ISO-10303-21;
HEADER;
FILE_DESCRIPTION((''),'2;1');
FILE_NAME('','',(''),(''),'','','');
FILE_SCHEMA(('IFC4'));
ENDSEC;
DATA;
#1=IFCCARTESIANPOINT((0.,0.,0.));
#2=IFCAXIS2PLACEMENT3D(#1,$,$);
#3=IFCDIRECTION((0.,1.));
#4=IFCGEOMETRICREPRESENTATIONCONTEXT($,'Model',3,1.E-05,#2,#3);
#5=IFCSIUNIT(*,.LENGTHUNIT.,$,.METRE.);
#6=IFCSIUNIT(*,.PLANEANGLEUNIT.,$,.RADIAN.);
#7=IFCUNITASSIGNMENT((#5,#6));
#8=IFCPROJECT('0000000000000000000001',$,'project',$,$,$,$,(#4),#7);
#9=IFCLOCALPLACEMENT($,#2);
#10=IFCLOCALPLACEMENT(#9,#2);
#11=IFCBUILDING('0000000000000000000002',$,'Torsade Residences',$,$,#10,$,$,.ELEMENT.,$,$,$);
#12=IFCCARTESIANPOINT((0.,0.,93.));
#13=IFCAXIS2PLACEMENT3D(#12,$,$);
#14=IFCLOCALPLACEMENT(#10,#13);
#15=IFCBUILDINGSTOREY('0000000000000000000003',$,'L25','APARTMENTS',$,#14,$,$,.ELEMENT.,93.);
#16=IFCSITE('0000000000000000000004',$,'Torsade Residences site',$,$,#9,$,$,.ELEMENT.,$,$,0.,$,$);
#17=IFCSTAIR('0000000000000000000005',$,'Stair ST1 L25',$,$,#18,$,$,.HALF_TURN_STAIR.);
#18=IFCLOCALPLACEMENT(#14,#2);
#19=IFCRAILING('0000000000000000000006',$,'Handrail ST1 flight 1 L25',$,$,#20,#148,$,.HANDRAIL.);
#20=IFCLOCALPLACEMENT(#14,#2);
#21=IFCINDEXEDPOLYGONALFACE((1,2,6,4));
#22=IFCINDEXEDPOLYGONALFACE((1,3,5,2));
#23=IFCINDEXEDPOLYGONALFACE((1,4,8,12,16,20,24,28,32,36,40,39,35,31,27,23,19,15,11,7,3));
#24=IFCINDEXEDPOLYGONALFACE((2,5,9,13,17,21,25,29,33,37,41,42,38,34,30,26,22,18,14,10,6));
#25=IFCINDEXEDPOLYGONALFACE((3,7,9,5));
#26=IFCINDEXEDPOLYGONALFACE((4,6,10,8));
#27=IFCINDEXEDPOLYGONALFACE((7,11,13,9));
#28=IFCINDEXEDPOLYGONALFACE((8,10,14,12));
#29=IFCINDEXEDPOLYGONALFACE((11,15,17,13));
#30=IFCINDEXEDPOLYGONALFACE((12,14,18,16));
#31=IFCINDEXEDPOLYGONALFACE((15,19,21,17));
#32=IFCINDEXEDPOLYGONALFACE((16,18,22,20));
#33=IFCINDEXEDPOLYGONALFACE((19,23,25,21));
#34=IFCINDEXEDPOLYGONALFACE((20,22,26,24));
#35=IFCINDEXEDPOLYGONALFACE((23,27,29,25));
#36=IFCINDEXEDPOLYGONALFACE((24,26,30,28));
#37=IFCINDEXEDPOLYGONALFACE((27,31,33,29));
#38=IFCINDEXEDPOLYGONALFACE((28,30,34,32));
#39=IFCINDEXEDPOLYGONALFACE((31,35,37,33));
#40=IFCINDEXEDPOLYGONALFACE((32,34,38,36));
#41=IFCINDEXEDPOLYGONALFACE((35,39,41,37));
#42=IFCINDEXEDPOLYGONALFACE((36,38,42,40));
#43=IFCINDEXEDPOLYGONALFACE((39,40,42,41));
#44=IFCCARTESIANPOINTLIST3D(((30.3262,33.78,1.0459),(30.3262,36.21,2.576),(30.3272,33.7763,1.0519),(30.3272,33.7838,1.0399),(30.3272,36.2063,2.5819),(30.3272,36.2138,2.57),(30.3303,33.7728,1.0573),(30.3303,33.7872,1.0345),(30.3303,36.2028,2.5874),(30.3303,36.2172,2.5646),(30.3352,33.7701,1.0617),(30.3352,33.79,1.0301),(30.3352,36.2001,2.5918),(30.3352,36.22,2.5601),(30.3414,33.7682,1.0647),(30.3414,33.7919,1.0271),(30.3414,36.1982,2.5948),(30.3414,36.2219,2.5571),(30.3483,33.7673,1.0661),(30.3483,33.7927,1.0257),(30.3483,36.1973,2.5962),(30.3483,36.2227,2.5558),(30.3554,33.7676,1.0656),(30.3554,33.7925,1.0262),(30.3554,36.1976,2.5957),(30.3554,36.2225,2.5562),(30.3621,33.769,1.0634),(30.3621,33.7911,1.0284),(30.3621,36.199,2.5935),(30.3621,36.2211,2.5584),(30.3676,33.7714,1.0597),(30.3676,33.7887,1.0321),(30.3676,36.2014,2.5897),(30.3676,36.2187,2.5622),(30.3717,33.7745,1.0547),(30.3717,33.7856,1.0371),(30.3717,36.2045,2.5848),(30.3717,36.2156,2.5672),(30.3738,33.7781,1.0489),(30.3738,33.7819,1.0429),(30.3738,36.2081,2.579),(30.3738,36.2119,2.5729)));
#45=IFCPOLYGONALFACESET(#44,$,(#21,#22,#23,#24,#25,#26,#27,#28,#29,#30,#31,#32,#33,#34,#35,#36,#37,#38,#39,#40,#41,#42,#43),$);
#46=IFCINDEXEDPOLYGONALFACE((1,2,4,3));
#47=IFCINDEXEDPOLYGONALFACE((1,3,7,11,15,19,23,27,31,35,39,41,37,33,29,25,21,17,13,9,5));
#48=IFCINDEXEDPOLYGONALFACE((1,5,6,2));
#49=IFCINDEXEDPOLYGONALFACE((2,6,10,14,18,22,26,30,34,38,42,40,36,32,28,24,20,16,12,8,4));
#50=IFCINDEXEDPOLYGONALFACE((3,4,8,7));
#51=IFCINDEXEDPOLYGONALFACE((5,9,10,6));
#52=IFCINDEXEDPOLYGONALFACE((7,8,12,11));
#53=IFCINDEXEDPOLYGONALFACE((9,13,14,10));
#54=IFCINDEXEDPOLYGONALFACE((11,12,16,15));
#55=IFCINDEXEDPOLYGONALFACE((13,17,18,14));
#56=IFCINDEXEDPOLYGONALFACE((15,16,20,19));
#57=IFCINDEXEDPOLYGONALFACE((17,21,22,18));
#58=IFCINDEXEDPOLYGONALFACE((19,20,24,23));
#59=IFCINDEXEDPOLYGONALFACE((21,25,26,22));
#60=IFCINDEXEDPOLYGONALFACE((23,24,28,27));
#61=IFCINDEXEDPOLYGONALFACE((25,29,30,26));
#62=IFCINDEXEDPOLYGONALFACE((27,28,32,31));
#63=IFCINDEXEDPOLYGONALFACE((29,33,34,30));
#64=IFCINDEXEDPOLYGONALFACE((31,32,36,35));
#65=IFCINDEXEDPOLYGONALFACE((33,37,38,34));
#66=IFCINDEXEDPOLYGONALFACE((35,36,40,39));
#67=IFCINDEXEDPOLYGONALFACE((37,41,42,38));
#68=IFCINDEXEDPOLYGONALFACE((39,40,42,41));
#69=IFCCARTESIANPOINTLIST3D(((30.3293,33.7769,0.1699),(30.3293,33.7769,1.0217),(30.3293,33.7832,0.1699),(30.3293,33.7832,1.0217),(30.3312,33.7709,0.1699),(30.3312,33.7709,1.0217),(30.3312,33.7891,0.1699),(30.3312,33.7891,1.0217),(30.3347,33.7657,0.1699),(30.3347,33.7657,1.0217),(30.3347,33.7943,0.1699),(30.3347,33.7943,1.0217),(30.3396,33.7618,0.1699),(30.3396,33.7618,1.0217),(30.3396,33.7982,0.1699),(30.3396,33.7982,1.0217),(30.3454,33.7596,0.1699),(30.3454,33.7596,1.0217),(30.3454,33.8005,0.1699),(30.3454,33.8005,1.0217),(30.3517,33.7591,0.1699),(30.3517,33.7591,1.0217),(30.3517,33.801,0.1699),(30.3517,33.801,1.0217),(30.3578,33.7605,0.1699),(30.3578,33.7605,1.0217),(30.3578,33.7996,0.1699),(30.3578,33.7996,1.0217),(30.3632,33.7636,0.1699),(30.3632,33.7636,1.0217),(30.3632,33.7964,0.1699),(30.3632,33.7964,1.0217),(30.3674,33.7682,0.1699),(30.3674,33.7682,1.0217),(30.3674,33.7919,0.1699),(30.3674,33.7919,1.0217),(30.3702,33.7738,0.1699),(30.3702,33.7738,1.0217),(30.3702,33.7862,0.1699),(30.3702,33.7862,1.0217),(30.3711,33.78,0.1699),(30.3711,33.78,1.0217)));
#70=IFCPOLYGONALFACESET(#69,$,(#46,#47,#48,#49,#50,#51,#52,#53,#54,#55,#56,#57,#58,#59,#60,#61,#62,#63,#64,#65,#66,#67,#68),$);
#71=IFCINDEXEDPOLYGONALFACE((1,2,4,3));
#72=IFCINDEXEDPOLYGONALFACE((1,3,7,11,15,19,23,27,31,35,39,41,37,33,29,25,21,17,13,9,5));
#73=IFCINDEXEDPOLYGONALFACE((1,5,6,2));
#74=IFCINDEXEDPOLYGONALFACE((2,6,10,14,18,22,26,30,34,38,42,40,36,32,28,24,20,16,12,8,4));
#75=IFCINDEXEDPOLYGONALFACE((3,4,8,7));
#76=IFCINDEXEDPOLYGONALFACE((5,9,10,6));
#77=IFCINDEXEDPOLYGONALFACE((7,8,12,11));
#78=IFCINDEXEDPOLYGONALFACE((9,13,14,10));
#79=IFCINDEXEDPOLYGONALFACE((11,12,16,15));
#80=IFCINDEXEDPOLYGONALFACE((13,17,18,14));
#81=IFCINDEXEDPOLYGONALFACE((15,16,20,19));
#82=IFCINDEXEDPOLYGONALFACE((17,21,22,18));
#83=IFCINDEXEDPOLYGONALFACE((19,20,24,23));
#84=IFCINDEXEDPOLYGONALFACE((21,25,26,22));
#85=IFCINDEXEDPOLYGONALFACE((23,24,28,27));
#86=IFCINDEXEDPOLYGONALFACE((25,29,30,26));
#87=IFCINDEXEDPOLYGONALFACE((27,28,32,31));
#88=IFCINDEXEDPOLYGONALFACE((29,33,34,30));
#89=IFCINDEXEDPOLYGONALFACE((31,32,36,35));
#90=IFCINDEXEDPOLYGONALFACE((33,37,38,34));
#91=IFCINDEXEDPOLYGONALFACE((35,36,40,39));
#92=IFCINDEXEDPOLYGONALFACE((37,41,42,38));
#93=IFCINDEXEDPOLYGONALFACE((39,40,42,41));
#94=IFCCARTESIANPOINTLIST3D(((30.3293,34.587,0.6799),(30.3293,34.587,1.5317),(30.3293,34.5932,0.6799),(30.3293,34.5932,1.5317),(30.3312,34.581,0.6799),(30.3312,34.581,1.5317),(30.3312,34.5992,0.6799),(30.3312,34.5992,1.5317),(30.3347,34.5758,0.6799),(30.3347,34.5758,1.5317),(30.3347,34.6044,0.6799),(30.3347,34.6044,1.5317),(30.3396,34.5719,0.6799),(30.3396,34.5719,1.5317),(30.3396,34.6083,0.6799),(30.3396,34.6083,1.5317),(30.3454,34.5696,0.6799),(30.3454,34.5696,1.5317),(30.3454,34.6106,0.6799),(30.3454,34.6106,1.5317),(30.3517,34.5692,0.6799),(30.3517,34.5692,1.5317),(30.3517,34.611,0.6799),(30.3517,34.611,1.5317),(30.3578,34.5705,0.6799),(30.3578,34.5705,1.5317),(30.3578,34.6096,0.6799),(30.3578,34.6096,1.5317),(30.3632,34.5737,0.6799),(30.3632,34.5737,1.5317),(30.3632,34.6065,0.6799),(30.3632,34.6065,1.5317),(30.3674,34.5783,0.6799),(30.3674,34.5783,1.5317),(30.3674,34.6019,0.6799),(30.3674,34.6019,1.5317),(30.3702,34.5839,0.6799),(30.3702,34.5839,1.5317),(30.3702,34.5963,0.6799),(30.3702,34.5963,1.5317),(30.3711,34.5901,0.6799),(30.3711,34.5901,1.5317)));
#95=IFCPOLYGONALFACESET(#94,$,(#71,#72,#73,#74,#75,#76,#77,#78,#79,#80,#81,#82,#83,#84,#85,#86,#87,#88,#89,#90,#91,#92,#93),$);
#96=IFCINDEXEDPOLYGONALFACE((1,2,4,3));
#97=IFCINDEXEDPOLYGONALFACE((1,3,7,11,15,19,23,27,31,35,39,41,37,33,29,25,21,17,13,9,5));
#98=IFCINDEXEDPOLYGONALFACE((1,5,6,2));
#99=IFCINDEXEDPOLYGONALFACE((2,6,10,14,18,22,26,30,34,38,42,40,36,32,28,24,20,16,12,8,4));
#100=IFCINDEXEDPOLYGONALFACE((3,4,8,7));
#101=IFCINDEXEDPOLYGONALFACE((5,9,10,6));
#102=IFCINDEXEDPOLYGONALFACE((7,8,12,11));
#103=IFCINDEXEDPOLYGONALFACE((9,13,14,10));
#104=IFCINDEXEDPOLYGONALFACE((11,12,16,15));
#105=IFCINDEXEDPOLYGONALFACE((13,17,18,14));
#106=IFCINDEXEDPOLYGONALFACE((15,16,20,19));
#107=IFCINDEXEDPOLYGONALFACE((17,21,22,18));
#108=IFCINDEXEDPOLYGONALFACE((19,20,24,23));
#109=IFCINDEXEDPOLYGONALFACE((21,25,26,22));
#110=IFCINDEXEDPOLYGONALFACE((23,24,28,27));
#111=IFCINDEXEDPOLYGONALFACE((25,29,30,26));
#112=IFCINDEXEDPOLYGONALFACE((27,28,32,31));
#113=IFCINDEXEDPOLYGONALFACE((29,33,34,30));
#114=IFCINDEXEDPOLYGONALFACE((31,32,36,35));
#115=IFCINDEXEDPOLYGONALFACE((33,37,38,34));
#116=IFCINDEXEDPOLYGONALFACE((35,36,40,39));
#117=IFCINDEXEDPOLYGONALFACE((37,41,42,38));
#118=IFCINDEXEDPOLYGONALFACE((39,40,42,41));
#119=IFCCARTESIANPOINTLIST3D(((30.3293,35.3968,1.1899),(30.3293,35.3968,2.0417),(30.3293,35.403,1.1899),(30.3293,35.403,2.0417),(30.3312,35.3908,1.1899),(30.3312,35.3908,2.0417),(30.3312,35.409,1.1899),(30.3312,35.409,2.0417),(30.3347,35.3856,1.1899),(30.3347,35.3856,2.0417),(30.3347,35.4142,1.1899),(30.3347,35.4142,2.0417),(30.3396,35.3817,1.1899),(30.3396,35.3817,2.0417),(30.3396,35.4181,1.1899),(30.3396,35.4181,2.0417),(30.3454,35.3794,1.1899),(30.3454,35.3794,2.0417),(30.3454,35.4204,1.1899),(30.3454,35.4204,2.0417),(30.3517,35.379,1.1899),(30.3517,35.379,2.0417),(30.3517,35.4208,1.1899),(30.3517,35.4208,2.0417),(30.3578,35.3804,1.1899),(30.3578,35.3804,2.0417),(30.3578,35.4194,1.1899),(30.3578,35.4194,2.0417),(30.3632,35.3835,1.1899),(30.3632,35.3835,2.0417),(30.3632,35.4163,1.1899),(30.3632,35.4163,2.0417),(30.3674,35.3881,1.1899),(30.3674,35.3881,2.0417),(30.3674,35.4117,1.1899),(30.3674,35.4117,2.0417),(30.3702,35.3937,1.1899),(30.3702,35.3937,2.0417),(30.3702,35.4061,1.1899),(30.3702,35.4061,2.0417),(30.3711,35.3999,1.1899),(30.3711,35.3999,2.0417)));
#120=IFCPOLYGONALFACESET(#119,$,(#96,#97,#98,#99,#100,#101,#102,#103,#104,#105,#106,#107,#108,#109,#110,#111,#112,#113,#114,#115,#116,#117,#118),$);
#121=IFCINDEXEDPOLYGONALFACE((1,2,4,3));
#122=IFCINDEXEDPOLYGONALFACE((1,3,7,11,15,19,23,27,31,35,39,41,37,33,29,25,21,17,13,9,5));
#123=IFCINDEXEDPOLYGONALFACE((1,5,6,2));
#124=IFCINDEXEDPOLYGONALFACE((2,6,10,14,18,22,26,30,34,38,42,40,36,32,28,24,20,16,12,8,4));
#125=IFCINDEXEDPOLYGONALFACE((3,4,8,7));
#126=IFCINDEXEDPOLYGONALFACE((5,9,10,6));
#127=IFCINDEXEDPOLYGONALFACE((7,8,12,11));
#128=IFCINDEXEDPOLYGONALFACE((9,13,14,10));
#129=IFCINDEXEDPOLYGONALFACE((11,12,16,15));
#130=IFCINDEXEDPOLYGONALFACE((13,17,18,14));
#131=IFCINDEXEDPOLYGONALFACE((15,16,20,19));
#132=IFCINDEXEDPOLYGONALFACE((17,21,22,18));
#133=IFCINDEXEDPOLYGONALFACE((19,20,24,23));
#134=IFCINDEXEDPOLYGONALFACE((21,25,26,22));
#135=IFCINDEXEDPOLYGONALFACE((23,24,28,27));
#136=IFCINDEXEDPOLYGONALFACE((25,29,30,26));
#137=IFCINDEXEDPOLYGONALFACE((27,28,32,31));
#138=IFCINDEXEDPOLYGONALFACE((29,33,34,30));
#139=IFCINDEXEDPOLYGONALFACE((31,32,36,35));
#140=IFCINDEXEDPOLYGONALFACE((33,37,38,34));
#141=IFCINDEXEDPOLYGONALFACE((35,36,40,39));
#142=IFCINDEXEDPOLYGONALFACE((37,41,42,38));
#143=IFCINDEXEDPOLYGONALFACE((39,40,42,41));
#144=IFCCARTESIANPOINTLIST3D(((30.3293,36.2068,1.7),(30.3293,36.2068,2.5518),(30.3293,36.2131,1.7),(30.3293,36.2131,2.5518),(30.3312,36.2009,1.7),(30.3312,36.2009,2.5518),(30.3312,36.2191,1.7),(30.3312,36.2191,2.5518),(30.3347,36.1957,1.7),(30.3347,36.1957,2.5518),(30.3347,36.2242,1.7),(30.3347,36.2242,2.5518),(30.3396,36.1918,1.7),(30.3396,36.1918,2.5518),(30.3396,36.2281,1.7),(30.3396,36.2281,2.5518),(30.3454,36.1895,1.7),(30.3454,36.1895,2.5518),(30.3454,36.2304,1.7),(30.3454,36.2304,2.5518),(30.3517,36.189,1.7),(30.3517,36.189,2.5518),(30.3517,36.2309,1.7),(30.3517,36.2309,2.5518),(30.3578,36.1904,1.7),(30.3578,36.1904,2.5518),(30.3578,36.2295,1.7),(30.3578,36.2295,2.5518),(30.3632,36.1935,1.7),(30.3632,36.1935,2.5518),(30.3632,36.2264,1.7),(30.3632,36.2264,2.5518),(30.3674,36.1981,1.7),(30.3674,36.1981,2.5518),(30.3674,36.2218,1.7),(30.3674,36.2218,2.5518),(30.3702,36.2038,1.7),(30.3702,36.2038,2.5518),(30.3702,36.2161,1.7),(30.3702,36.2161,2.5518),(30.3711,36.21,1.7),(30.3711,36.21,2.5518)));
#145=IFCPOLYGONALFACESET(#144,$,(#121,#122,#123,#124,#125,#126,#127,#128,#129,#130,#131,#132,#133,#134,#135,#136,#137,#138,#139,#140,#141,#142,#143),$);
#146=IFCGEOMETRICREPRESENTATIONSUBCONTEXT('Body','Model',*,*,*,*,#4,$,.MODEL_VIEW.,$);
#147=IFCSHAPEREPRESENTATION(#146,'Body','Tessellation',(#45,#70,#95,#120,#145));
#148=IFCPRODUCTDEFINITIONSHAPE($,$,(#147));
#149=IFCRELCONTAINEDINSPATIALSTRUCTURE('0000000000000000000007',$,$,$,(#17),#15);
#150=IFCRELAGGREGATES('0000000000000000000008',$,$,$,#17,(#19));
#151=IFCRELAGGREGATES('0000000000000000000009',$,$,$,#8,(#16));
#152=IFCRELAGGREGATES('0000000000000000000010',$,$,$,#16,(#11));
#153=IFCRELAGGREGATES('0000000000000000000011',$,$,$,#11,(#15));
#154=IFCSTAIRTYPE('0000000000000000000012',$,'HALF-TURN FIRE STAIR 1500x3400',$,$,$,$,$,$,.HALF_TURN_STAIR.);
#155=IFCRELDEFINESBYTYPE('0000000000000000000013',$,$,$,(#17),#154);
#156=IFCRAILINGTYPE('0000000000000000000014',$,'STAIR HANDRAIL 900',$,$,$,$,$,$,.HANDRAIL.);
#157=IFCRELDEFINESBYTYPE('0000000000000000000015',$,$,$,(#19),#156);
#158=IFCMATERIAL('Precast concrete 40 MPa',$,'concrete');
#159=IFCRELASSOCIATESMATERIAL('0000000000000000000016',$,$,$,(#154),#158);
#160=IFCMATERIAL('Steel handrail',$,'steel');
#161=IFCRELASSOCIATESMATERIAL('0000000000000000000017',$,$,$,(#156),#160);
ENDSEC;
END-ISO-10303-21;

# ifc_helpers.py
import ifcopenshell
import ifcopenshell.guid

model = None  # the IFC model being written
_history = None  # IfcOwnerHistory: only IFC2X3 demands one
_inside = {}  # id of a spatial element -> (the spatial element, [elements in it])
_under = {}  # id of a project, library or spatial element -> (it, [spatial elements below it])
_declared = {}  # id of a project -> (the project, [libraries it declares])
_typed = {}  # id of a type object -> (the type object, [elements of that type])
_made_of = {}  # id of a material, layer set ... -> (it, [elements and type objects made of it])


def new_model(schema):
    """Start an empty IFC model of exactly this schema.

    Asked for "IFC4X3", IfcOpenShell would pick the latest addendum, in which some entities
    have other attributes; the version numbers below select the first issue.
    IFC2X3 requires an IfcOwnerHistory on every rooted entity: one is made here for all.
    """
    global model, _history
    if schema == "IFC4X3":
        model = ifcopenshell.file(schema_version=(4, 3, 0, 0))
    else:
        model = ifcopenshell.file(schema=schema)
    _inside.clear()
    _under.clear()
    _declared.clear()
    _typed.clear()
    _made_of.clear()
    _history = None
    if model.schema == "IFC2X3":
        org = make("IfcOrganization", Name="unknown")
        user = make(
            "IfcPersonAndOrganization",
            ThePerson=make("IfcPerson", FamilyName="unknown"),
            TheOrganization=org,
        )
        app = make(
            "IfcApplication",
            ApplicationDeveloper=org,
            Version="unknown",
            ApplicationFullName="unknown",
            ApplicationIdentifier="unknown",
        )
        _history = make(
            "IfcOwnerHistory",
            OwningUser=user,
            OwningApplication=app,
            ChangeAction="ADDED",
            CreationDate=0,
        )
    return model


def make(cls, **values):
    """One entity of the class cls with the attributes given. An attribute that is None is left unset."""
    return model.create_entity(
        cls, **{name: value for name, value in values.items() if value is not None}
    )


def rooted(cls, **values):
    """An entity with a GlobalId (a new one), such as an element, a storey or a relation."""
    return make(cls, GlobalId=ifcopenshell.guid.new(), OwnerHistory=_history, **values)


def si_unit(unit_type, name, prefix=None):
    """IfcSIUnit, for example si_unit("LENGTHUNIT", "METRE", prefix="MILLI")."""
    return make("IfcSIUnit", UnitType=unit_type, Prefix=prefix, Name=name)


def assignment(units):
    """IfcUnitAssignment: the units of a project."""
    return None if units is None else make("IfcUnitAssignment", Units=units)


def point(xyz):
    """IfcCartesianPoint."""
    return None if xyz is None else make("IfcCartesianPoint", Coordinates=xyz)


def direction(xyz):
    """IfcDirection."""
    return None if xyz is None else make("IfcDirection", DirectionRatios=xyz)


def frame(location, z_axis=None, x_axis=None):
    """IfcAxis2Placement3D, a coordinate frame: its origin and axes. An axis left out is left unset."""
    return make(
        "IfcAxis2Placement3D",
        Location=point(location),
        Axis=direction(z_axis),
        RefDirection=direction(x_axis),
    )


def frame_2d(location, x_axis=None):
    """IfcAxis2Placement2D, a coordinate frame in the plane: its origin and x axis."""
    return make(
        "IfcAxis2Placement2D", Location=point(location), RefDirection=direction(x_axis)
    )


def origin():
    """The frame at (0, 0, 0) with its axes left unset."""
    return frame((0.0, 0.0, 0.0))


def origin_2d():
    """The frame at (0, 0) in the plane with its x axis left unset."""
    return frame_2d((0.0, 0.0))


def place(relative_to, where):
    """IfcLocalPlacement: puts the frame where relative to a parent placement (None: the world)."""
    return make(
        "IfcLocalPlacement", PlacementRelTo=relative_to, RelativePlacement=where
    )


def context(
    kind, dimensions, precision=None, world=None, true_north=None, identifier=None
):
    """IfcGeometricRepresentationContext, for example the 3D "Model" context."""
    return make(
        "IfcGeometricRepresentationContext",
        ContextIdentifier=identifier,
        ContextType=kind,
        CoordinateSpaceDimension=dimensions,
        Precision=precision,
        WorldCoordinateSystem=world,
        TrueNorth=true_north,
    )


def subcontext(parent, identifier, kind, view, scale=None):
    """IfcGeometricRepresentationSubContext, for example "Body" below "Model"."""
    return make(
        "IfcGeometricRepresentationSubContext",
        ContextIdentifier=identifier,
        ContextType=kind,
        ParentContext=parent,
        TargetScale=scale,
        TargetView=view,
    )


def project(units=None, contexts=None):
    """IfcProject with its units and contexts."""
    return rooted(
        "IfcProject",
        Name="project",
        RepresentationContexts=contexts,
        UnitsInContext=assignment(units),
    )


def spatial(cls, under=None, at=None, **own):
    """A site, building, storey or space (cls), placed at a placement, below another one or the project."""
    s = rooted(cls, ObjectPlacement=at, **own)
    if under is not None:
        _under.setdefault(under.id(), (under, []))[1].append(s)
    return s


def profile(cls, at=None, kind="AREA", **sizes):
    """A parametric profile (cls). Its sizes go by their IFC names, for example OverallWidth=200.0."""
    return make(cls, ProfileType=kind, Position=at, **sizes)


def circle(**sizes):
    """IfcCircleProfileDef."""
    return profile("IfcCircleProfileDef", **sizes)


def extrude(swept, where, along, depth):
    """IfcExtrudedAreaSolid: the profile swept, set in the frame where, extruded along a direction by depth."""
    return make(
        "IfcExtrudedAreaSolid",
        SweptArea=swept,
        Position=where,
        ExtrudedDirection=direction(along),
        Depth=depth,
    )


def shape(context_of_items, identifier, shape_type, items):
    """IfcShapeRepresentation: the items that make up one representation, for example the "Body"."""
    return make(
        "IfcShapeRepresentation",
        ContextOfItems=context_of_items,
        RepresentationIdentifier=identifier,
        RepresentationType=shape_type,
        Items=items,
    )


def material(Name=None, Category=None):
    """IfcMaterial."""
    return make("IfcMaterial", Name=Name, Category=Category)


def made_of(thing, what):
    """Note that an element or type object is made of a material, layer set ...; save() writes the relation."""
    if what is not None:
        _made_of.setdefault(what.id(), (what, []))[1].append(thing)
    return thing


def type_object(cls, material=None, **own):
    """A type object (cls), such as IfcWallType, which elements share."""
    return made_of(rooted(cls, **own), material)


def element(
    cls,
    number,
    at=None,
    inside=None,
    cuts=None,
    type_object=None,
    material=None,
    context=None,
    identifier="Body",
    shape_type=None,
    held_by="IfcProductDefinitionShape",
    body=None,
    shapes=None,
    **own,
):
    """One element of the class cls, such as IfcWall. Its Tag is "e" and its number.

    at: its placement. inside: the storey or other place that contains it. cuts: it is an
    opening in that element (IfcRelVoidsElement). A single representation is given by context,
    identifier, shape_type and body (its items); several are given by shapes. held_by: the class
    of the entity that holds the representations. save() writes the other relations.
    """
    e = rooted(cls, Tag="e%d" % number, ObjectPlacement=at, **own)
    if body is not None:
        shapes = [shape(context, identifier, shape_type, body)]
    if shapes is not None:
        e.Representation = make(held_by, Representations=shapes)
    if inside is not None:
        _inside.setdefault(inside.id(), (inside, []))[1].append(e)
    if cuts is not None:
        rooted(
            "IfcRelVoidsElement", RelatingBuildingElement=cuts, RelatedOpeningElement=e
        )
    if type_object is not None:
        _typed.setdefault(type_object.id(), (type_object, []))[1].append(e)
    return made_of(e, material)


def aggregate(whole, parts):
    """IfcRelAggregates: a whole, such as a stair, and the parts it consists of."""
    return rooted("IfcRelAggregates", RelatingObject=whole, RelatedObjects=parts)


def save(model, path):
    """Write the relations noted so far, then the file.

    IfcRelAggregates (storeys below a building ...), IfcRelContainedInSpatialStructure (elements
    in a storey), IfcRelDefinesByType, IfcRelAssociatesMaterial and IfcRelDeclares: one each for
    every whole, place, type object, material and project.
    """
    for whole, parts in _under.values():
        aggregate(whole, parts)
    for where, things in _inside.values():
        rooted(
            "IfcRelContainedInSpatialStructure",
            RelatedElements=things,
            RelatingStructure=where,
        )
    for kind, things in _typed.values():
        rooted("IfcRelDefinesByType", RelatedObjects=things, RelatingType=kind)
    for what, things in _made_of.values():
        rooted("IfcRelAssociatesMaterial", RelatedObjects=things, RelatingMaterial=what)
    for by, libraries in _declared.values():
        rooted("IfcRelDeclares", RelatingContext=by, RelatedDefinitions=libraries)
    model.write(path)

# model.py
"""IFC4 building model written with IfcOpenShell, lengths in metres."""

from ifc_helpers import new_model, si_unit, direction, frame, origin, origin_2d, place, context, subcontext, project, spatial, circle, extrude, material, type_object, element, aggregate, save


model = new_model("IFC4")

# Units and contexts
model_context = context("Model", 3, precision=1e-05, world=origin(), true_north=direction((0.0, 1.0)))
body_context = subcontext(model_context, "Body", "Model", "MODEL_VIEW")
ifc_project = project(units=[si_unit("LENGTHUNIT", "METRE"), si_unit("PLANEANGLEUNIT", "RADIAN")], contexts=[model_context])

# Site, building, storey
site_placement = place(None, origin())
site = spatial("IfcSite", under=ifc_project, at=site_placement, Name="Torsade Residences site", CompositionType="ELEMENT", RefElevation=0.0)
building_placement = place(site_placement, origin())
building = spatial("IfcBuilding", under=site, at=building_placement, Name="Torsade Residences", CompositionType="ELEMENT")
storey_placement = place(building_placement, frame((0.0, 0.0, 93.0)))
storey = spatial("IfcBuildingStorey", under=building, at=storey_placement, Name="L25", Description="APARTMENTS", CompositionType="ELEMENT", Elevation=93.0)

# Stair, railing
ifc_material_1 = material(Name="Precast concrete 40 MPa", Category="concrete")
stair_type = type_object("IfcStairType", Name="HALF-TURN FIRE STAIR 1500x3400", PredefinedType="HALF_TURN_STAIR", material=ifc_material_1)
stair_placement = place(storey_placement, origin())
stair = element("IfcStair", 1, at=stair_placement, inside=storey, type_object=stair_type, Name="Stair ST1 L25", PredefinedType="HALF_TURN_STAIR")
ifc_material_2 = material(Name="Steel handrail", Category="steel")
railing_type = type_object("IfcRailingType", Name="STAIR HANDRAIL 900", PredefinedType="HANDRAIL", material=ifc_material_2)
railing_1_placement = place(storey_placement, frame((30.3501, 33.78, 0.1699)))
railing_1 = element("IfcRailing", 2, at=railing_1_placement, type_object=railing_type, Name="Handrail ST1 flight 1 L25", PredefinedType="HANDRAIL", context=body_context, shape_type="SweptSolid", body=[
    extrude(circle(Radius=0.0239, at=origin_2d()), frame((0.0, 0.0, 0.876), z_axis=(0.0, 0.846221, 0.532831), x_axis=(-1.0, 0.0, 0.0)), (0.0, 0.0, 1.0), 2.8716),
    extrude(circle(Radius=0.021, at=origin_2d()), origin(), (0.0, 0.0, 1.0), 0.8518),
    extrude(circle(Radius=0.021, at=origin_2d()), frame((0.0, 0.8101, 0.51)), (0.0, 0.0, 1.0), 0.8518),
    extrude(circle(Radius=0.021, at=origin_2d()), frame((0.0, 1.6199, 1.02)), (0.0, 0.0, 1.0), 0.8518),
    extrude(circle(Radius=0.021, at=origin_2d()), frame((0.0, 2.4299, 1.53)), (0.0, 0.0, 1.0), 0.8518),
])
aggregate(stair, [railing_1])

save(model, "model.ifc")
